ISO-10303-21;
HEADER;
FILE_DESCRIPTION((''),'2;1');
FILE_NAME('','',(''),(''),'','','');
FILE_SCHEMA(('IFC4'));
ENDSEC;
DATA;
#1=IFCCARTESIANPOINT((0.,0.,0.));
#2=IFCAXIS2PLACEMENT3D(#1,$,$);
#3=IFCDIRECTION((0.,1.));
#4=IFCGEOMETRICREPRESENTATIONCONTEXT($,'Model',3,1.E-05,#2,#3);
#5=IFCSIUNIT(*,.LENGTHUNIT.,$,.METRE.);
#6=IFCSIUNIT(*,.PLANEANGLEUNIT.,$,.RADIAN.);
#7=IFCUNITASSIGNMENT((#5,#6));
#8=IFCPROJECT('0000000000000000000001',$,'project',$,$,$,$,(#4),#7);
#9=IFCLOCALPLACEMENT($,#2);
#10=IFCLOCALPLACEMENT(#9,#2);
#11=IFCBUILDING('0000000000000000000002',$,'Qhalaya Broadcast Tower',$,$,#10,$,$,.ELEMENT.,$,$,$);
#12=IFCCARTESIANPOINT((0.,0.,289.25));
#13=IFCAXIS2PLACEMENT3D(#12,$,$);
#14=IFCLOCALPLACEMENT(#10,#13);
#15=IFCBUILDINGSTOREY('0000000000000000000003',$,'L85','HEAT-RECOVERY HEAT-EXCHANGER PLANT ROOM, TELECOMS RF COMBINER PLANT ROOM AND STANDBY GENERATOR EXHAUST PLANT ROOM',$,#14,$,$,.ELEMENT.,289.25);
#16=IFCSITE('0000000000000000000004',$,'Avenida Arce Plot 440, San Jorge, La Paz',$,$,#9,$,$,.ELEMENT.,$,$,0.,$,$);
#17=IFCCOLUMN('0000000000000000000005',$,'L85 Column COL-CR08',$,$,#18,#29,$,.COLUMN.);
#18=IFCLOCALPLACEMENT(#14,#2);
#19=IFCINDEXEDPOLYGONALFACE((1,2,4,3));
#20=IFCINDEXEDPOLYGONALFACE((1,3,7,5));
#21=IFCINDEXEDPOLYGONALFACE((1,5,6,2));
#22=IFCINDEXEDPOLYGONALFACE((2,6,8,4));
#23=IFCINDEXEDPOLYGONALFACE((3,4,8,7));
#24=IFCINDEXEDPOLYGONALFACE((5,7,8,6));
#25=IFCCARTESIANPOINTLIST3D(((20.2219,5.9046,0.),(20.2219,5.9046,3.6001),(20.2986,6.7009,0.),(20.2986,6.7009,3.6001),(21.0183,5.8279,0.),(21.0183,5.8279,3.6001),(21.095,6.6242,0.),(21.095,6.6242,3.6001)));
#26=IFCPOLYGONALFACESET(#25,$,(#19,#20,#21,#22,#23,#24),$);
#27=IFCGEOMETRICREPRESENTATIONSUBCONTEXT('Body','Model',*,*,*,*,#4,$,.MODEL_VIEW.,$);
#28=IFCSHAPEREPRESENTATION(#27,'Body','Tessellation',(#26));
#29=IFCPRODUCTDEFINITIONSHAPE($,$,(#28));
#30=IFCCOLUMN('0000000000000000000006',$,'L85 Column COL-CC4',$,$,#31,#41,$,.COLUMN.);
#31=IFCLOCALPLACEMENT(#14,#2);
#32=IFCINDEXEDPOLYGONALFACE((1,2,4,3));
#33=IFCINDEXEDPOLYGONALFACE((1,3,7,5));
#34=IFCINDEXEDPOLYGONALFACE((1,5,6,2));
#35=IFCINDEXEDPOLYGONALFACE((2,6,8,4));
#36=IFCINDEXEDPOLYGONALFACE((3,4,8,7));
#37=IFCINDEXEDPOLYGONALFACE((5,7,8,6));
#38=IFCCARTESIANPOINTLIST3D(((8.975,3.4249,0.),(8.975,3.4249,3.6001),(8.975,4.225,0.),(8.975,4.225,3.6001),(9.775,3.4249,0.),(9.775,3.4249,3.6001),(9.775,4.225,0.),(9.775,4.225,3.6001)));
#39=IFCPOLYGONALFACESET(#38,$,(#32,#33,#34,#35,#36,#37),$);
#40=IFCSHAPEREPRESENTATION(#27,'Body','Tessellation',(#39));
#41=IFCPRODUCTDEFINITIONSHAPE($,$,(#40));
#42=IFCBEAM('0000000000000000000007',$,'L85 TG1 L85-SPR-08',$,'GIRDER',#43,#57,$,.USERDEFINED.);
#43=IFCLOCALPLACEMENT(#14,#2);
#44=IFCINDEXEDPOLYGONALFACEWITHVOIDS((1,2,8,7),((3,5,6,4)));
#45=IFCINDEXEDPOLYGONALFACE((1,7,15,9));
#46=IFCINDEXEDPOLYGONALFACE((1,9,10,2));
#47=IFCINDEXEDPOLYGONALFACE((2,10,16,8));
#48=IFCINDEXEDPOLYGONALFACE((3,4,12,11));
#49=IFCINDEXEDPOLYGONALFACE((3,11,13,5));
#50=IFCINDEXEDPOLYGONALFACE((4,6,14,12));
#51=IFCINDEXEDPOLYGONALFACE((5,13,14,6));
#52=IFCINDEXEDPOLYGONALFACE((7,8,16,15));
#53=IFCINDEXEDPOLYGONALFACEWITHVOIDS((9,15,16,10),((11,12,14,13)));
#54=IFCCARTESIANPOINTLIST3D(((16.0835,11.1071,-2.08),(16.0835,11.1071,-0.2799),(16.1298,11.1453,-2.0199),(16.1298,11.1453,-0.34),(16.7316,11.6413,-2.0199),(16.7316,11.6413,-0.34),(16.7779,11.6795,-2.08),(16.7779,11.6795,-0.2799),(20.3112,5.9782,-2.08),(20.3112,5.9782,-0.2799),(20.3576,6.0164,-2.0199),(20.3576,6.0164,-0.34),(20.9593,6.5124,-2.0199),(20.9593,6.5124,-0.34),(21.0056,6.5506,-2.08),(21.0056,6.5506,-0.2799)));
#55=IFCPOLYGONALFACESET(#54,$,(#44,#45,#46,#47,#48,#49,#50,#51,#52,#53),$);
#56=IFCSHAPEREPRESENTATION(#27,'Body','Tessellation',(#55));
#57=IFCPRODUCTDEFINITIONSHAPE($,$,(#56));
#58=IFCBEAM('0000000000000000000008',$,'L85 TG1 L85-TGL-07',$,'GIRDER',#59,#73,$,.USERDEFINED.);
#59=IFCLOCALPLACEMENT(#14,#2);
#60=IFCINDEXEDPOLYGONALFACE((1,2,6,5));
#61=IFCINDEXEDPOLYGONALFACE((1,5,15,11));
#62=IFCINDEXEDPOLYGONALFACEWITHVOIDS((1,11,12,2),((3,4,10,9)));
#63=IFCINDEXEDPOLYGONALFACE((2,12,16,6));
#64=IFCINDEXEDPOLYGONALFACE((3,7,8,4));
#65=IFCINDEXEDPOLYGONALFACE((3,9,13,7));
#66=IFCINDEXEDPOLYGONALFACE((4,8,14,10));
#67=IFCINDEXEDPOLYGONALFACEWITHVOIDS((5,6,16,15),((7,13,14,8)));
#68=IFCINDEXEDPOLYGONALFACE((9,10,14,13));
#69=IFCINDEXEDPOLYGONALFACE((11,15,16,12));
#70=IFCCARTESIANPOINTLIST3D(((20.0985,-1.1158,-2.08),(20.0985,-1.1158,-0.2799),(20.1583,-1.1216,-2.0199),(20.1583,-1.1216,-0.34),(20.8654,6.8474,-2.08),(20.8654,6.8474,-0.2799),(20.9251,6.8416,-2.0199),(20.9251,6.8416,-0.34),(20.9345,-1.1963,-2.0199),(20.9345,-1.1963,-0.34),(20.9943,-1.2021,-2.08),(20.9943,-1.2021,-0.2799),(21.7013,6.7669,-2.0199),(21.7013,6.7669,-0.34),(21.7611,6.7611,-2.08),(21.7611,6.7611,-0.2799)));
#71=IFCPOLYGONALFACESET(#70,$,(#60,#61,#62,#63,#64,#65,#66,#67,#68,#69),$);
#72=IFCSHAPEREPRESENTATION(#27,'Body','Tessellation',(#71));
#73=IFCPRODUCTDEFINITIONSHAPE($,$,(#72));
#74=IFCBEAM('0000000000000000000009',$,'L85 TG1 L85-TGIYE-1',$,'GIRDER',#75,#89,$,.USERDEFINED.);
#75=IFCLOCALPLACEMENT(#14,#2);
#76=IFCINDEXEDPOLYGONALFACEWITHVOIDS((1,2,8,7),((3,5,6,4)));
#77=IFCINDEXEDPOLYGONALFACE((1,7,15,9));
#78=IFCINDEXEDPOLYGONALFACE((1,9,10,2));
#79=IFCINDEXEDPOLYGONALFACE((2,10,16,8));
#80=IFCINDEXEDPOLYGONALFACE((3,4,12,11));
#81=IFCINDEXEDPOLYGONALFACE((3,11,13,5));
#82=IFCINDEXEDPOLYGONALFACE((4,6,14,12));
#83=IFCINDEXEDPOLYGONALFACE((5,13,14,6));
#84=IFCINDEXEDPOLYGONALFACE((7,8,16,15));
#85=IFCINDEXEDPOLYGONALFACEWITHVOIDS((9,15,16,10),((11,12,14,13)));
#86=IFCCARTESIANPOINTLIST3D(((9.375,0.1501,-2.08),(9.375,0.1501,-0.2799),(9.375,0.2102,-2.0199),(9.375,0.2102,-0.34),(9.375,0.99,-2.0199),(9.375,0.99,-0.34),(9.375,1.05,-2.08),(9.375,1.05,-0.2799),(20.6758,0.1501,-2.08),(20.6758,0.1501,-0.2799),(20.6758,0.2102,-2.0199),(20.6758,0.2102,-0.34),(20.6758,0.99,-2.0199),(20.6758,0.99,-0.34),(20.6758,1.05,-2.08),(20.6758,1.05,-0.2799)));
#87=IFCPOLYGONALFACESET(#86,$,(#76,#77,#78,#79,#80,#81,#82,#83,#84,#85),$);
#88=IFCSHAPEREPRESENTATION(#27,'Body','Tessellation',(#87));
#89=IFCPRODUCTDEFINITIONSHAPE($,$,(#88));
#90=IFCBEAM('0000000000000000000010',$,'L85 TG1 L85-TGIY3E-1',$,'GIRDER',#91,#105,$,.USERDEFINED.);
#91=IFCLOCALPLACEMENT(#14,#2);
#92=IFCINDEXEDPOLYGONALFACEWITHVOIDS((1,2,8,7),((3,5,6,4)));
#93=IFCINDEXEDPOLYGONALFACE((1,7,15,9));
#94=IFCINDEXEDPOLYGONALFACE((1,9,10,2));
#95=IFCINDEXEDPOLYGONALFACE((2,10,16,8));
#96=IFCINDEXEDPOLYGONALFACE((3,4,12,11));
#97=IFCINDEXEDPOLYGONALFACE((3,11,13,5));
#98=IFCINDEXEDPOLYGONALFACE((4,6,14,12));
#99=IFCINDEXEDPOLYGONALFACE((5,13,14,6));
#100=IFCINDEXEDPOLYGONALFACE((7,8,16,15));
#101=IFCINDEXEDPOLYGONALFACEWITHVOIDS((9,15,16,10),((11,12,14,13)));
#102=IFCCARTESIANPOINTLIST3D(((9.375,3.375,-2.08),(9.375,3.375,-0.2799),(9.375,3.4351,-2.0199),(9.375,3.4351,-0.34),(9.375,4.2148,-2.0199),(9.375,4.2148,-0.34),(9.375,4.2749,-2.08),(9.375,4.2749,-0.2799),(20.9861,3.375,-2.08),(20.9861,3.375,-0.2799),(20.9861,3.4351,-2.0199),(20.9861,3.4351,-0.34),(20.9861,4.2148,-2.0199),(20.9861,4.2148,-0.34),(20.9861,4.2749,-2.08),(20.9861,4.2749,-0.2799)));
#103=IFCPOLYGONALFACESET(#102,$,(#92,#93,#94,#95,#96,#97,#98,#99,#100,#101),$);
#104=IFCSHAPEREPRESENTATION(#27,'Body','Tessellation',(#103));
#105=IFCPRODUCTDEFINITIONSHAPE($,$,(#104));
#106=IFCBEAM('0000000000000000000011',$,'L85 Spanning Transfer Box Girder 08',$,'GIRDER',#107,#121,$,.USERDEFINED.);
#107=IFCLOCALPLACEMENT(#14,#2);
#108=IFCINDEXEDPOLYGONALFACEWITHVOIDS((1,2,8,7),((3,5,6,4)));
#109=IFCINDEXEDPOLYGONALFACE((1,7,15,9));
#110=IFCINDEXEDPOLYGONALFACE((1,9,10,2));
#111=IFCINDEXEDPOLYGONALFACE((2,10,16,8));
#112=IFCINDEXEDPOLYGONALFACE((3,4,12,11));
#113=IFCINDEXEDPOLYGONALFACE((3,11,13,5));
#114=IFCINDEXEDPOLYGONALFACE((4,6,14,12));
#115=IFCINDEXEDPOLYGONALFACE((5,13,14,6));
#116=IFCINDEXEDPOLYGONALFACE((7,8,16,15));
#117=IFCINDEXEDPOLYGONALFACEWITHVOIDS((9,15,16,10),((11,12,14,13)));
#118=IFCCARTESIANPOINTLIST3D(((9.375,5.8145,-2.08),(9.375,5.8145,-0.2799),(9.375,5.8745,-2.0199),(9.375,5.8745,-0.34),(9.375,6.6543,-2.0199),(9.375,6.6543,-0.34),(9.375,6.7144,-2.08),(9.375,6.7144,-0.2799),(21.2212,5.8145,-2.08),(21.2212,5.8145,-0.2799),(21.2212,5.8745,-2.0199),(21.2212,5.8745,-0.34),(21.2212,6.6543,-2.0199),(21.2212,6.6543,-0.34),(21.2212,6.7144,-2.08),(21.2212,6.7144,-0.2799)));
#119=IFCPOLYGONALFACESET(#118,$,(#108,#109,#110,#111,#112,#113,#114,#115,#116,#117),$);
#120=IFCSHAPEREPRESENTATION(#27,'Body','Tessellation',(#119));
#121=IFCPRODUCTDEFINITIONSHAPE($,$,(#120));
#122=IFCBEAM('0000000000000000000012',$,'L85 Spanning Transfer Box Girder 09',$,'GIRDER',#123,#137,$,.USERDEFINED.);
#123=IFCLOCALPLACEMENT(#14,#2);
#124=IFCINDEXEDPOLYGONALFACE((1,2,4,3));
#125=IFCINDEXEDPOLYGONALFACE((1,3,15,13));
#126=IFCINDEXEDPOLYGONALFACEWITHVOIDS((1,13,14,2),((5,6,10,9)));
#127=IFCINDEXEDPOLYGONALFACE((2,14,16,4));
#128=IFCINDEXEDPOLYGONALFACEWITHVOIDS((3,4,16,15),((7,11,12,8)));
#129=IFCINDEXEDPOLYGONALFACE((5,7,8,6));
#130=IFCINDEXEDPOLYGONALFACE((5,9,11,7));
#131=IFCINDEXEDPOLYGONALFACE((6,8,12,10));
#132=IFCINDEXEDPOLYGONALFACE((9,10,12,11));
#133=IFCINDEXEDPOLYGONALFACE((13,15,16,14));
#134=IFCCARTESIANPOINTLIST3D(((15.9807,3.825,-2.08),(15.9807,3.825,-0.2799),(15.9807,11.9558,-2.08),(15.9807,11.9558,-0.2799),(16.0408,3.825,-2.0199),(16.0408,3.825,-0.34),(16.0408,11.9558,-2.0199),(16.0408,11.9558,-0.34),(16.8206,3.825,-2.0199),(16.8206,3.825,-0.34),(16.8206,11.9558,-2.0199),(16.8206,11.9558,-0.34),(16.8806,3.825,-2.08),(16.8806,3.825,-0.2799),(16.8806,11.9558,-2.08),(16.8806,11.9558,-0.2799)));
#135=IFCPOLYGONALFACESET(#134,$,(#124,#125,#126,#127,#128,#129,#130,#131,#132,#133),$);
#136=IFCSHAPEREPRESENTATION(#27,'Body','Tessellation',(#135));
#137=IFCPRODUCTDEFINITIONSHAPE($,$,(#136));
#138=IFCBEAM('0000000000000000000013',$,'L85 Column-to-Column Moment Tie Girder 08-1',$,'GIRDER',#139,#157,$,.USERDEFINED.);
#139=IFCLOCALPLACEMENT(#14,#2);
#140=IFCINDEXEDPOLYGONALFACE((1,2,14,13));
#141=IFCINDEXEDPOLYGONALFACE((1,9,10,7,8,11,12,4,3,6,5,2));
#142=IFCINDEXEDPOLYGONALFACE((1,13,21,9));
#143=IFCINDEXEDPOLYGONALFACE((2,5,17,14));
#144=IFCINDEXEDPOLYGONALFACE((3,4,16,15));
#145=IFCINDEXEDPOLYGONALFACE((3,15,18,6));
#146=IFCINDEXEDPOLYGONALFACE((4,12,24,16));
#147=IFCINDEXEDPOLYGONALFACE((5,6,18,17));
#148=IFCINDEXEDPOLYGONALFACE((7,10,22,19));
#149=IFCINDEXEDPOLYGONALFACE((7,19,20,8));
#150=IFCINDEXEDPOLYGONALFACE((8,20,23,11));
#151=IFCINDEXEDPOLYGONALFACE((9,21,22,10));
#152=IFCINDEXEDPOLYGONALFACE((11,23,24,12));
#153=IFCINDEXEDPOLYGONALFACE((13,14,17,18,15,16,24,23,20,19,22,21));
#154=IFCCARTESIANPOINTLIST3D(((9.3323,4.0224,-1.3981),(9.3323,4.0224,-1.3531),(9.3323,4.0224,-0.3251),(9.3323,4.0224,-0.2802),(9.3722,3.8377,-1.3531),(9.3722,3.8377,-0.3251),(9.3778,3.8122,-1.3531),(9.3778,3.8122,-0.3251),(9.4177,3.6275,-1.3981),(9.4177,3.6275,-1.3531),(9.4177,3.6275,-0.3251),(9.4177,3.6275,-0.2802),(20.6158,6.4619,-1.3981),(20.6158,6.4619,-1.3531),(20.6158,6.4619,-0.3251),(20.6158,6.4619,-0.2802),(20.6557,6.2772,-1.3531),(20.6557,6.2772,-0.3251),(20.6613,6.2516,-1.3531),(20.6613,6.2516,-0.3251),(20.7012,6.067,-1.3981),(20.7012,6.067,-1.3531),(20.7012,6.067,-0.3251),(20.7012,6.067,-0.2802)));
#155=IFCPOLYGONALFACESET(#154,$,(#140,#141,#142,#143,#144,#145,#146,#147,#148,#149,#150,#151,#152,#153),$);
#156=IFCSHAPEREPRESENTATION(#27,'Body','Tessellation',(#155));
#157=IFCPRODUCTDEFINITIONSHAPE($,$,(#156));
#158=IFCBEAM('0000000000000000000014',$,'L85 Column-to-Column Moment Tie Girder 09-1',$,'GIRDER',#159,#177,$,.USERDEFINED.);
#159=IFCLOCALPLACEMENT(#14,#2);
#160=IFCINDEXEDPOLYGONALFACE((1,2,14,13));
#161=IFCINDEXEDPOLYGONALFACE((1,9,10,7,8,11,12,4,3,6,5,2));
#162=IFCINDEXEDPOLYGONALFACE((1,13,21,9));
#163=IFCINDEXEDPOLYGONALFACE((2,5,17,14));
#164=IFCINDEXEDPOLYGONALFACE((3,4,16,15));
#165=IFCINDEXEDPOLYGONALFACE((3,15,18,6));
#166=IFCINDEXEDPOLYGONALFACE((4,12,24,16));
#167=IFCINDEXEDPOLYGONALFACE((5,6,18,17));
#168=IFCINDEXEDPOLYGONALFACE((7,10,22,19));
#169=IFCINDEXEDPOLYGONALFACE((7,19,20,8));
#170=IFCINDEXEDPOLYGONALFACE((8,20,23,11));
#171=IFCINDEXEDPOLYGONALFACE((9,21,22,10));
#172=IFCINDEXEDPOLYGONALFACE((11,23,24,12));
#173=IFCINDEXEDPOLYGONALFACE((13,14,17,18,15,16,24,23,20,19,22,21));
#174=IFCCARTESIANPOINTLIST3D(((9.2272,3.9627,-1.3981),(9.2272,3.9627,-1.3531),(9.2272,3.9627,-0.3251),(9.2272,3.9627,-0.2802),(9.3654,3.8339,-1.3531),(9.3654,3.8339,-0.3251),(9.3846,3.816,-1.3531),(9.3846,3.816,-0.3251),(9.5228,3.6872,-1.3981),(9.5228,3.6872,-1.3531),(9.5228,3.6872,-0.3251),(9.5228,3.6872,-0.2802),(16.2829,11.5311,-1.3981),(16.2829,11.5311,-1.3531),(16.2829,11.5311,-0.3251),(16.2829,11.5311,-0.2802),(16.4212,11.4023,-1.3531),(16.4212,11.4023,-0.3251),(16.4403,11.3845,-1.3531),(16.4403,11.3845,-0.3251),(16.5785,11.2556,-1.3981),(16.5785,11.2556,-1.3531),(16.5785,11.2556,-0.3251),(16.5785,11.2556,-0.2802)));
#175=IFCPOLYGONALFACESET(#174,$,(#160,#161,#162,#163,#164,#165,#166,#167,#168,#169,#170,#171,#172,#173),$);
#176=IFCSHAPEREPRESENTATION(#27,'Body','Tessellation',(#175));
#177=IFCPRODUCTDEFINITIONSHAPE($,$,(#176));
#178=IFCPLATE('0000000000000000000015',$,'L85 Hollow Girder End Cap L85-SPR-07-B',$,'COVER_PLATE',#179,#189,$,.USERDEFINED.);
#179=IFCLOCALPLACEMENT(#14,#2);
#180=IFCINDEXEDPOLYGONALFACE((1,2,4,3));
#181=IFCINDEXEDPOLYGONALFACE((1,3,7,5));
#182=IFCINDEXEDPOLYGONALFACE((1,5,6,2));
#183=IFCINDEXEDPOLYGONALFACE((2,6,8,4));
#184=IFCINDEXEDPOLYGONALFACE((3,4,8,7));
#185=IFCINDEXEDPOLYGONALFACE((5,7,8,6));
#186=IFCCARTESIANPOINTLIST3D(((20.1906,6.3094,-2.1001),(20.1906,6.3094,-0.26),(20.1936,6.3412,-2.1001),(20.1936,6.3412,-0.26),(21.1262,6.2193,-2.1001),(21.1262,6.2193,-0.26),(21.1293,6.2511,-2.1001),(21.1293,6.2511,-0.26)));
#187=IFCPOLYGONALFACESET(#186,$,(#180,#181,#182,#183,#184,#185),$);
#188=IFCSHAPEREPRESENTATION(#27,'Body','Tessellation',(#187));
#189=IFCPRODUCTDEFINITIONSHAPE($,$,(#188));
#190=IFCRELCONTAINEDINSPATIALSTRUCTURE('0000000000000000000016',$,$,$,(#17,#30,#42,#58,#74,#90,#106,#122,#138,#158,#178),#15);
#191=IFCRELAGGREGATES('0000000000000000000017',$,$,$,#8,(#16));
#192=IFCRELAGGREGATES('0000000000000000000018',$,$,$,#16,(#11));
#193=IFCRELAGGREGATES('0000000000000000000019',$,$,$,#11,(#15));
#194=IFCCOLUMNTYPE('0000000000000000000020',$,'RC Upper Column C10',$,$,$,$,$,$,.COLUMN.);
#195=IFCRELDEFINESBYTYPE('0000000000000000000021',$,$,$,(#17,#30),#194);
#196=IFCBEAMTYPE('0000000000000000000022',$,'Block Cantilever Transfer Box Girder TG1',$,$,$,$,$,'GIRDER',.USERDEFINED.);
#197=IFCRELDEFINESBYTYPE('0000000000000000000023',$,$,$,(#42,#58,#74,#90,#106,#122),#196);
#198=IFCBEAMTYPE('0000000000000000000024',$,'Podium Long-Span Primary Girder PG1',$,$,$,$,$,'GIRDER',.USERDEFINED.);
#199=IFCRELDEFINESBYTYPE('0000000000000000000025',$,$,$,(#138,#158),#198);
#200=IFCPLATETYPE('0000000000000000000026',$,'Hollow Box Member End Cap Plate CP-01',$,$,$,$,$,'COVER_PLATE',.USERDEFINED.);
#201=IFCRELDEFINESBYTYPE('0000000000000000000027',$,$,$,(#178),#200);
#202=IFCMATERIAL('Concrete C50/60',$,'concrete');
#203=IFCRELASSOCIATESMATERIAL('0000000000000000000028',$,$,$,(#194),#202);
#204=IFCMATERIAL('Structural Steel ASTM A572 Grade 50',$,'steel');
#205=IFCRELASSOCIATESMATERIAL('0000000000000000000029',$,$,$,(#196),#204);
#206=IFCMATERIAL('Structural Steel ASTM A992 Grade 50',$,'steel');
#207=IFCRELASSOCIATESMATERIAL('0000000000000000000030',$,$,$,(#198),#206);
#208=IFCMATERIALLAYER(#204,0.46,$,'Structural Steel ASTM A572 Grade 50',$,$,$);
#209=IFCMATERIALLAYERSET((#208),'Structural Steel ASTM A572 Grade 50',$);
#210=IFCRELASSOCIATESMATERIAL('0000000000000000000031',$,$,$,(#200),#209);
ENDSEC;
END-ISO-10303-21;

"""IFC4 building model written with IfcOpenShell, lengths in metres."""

from ifc_helpers import new_model, si_unit, direction, frame, origin, origin_2d, place, context, subcontext, project, spatial, rectangle, hollow_rectangle, i_section, extrude, material, layer, layer_set, material_profile, profile_set, type_object, element, save


model = new_model("IFC4")

# Units and contexts
model_context = context("Model", 3, precision=1e-05, world=origin(), true_north=direction((0.0, 1.0)))
body_context = subcontext(model_context, "Body", "Model", "MODEL_VIEW")
ifc_project = project(units=[si_unit("LENGTHUNIT", "METRE"), si_unit("PLANEANGLEUNIT", "RADIAN")], contexts=[model_context])

# Site, building, storey
site_placement = place(None, origin())
site = spatial("IfcSite", under=ifc_project, at=site_placement, Name="Avenida Arce Plot 440, San Jorge, La Paz", CompositionType="ELEMENT", RefElevation=0.0)
building_placement = place(site_placement, origin())
building = spatial("IfcBuilding", under=site, at=building_placement, Name="Qhalaya Broadcast Tower", CompositionType="ELEMENT")
storey_placement = place(building_placement, frame((0.0, 0.0, 289.25)))
storey = spatial("IfcBuildingStorey", under=building, at=storey_placement, Name="L85", Description="HEAT-RECOVERY HEAT-EXCHANGER PLANT ROOM, TELECOMS RF COMBINER PLANT ROOM AND STANDBY GENERATOR EXHAUST PLANT ROOM", CompositionType="ELEMENT", Elevation=289.25)

# Columns
ifc_material_1 = material(Name="Concrete C50/60", Category="concrete")
ifc_material_profile_1 = material_profile(ifc_material_1, rectangle(XDim=0.8, YDim=0.8, at=origin_2d()), Name="RC-COL 800x800")
ifc_profile_set_1 = profile_set([ifc_material_profile_1], Name="Concrete C50/60")
column_type = type_object("IfcColumnType", Name="RC Upper Column C10", PredefinedType="COLUMN", material=ifc_profile_set_1)
for number, where, z_axis, x_axis, name in (
    (1, (20.6584, 6.2644, 0.0), (0.0, 0.0, 1.0), (0.095846, 0.995396, 0.0), "L85 Column COL-CR08"),
    (2, (9.375, 3.825, 0.0), (0.0, 0.0, 1.0), (1.0, 0.0, 0.0), "L85 Column COL-CC4"),
):
    element("IfcColumn", number, at=place(storey_placement, frame(where, z_axis=z_axis, x_axis=x_axis)), inside=storey, type_object=column_type, Name=name, PredefinedType="COLUMN", context=body_context, shape_type="SweptSolid", body=[
        extrude(rectangle(XDim=0.8, YDim=0.8, at=origin_2d()), origin(), (0.0, 0.0, 1.0), 3.6001),
    ])

# Beams
ifc_material_2 = material(Name="Structural Steel ASTM A572 Grade 50", Category="steel")
ifc_material_profile_2 = material_profile(ifc_material_2, hollow_rectangle(XDim=0.8999, YDim=1.8, WallThickness=0.0601, at=origin_2d()), Name="BOX 900x1800x60")
ifc_profile_set_2 = profile_set([ifc_material_profile_2], Name="Structural Steel ASTM A572 Grade 50")
beam_type_1 = type_object("IfcBeamType", Name="Block Cantilever Transfer Box Girder TG1", ElementType="GIRDER", PredefinedType="USERDEFINED", material=ifc_profile_set_2)
beam_1_placement = place(storey_placement, frame((20.6584, 6.2644, -1.1799), z_axis=(-0.636064, 0.771636, 0.0), x_axis=(-0.771636, -0.636064, 0.0)))
element("IfcBeam", 3, at=beam_1_placement, inside=storey, type_object=beam_type_1, Name="L85 TG1 L85-SPR-08", ObjectType="GIRDER", PredefinedType="USERDEFINED", context=body_context, shape_type="SweptSolid", body=[
    extrude(hollow_rectangle(XDim=0.8999, YDim=1.8, WallThickness=0.0601, at=origin_2d()), origin(), (0.0, 0.0, 1.0), 6.6467),
])
beam_2_placement = place(storey_placement, frame((20.5464, -1.1589, -1.1799), z_axis=(0.095856, 0.995395, 0.0), x_axis=(-0.995395, 0.095856, 0.0)))
element("IfcBeam", 4, at=beam_2_placement, inside=storey, type_object=beam_type_1, Name="L85 TG1 L85-TGL-07", ObjectType="GIRDER", PredefinedType="USERDEFINED", context=body_context, shape_type="SweptSolid", body=[
    extrude(hollow_rectangle(XDim=0.8999, YDim=1.8, WallThickness=0.0601, at=origin_2d()), origin(), (0.0, 0.0, 1.0), 8.0),
])
beam_3_placement = place(storey_placement, frame((9.375, 0.6001, -1.1799), z_axis=(1.0, 0.0, 0.0), x_axis=(0.0, 1.0, 0.0)))
element("IfcBeam", 5, at=beam_3_placement, inside=storey, type_object=beam_type_1, Name="L85 TG1 L85-TGIYE-1", ObjectType="GIRDER", PredefinedType="USERDEFINED", context=body_context, shape_type="SweptSolid", body=[
    extrude(hollow_rectangle(XDim=0.8999, YDim=1.8, WallThickness=0.0601, at=origin_2d()), origin(), (0.0, 0.0, 1.0), 11.3008),
])
beam_4_placement = place(storey_placement, frame((9.375, 3.825, -1.1799), z_axis=(1.0, 0.0, 0.0), x_axis=(0.0, 1.0, 0.0)))
element("IfcBeam", 6, at=beam_4_placement, inside=storey, type_object=beam_type_1, Name="L85 TG1 L85-TGIY3E-1", ObjectType="GIRDER", PredefinedType="USERDEFINED", context=body_context, shape_type="SweptSolid", body=[
    extrude(hollow_rectangle(XDim=0.8999, YDim=1.8, WallThickness=0.0601, at=origin_2d()), origin(), (0.0, 0.0, 1.0), 11.6111),
])
beam_5_placement = place(storey_placement, frame((9.375, 6.2644, -1.1799), z_axis=(1.0, 0.0, 0.0), x_axis=(0.0, 1.0, 0.0)))
element("IfcBeam", 7, at=beam_5_placement, inside=storey, type_object=beam_type_1, Name="L85 Spanning Transfer Box Girder 08", ObjectType="GIRDER", PredefinedType="USERDEFINED", context=body_context, shape_type="SweptSolid", body=[
    extrude(hollow_rectangle(XDim=0.8999, YDim=1.8, WallThickness=0.0601, at=origin_2d()), origin(), (0.0, 0.0, 1.0), 11.8462),
])
beam_6_placement = place(storey_placement, frame((16.4307, 3.825, -1.1799), z_axis=(0.0, 1.0, 0.0), x_axis=(-1.0, 0.0, 0.0)))
element("IfcBeam", 8, at=beam_6_placement, inside=storey, type_object=beam_type_1, Name="L85 Spanning Transfer Box Girder 09", ObjectType="GIRDER", PredefinedType="USERDEFINED", context=body_context, shape_type="SweptSolid", body=[
    extrude(hollow_rectangle(XDim=0.8999, YDim=1.8, WallThickness=0.0601, at=origin_2d()), origin(), (0.0, 0.0, 1.0), 8.1309),
])
ifc_material_3 = material(Name="Structural Steel ASTM A992 Grade 50", Category="steel")
ifc_material_profile_3 = material_profile(ifc_material_3, i_section(OverallWidth=0.4041, OverallDepth=1.1179, WebThickness=0.0261, FlangeThickness=0.0449, at=origin_2d()), Name="W44X335")
ifc_profile_set_3 = profile_set([ifc_material_profile_3], Name="Structural Steel ASTM A992 Grade 50")
beam_type_2 = type_object("IfcBeamType", Name="Podium Long-Span Primary Girder PG1", ElementType="GIRDER", PredefinedType="USERDEFINED", material=ifc_profile_set_3)
beam_7_placement = place(storey_placement, frame((9.375, 3.825, -0.8391), z_axis=(0.977418, 0.211315, 0.0), x_axis=(-0.211315, 0.977418, 0.0)))
element("IfcBeam", 9, at=beam_7_placement, inside=storey, type_object=beam_type_2, Name="L85 Column-to-Column Moment Tie Girder 08-1", ObjectType="GIRDER", PredefinedType="USERDEFINED", context=body_context, shape_type="SweptSolid", body=[
    extrude(i_section(OverallWidth=0.4041, OverallDepth=1.1179, WebThickness=0.0261, FlangeThickness=0.0449, at=origin_2d()), origin(), (0.0, 0.0, 1.0), 11.5442),
])
beam_8_placement = place(storey_placement, frame((9.375, 3.825, -0.8391), z_axis=(0.681898, 0.731447, 0.0), x_axis=(-0.731447, 0.681898, 0.0)))
element("IfcBeam", 10, at=beam_8_placement, inside=storey, type_object=beam_type_2, Name="L85 Column-to-Column Moment Tie Girder 09-1", ObjectType="GIRDER", PredefinedType="USERDEFINED", context=body_context, shape_type="SweptSolid", body=[
    extrude(i_section(OverallWidth=0.4041, OverallDepth=1.1179, WebThickness=0.0261, FlangeThickness=0.0449, at=origin_2d()), origin(), (0.0, 0.0, 1.0), 10.3472),
])

# Plate
ifc_layer_1 = layer(ifc_material_2, 0.46, Name="Structural Steel ASTM A572 Grade 50")
ifc_layer_set_1 = layer_set([ifc_layer_1], Name="Structural Steel ASTM A572 Grade 50")
plate_type = type_object("IfcPlateType", Name="Hollow Box Member End Cap Plate CP-01", ElementType="COVER_PLATE", PredefinedType="USERDEFINED", material=ifc_layer_set_1)
for number, where, z_axis, x_axis, name in (
    (11, (20.6599, 6.2803, -2.1001), (0.0, 0.0, 1.0), (-0.995396, 0.095846, 0.0), "L85 Hollow Girder End Cap L85-SPR-07-B"),
):
    element("IfcPlate", number, at=place(storey_placement, frame(where, z_axis=z_axis, x_axis=x_axis)), inside=storey, type_object=plate_type, Name=name, ObjectType="COVER_PLATE", PredefinedType="USERDEFINED", context=body_context, shape_type="SweptSolid", body=[
        extrude(rectangle(XDim=0.9399, YDim=0.032, at=origin_2d()), origin(), (0.0, 0.0, 1.0), 1.8401),
    ])

save(model, "model.ifc")
